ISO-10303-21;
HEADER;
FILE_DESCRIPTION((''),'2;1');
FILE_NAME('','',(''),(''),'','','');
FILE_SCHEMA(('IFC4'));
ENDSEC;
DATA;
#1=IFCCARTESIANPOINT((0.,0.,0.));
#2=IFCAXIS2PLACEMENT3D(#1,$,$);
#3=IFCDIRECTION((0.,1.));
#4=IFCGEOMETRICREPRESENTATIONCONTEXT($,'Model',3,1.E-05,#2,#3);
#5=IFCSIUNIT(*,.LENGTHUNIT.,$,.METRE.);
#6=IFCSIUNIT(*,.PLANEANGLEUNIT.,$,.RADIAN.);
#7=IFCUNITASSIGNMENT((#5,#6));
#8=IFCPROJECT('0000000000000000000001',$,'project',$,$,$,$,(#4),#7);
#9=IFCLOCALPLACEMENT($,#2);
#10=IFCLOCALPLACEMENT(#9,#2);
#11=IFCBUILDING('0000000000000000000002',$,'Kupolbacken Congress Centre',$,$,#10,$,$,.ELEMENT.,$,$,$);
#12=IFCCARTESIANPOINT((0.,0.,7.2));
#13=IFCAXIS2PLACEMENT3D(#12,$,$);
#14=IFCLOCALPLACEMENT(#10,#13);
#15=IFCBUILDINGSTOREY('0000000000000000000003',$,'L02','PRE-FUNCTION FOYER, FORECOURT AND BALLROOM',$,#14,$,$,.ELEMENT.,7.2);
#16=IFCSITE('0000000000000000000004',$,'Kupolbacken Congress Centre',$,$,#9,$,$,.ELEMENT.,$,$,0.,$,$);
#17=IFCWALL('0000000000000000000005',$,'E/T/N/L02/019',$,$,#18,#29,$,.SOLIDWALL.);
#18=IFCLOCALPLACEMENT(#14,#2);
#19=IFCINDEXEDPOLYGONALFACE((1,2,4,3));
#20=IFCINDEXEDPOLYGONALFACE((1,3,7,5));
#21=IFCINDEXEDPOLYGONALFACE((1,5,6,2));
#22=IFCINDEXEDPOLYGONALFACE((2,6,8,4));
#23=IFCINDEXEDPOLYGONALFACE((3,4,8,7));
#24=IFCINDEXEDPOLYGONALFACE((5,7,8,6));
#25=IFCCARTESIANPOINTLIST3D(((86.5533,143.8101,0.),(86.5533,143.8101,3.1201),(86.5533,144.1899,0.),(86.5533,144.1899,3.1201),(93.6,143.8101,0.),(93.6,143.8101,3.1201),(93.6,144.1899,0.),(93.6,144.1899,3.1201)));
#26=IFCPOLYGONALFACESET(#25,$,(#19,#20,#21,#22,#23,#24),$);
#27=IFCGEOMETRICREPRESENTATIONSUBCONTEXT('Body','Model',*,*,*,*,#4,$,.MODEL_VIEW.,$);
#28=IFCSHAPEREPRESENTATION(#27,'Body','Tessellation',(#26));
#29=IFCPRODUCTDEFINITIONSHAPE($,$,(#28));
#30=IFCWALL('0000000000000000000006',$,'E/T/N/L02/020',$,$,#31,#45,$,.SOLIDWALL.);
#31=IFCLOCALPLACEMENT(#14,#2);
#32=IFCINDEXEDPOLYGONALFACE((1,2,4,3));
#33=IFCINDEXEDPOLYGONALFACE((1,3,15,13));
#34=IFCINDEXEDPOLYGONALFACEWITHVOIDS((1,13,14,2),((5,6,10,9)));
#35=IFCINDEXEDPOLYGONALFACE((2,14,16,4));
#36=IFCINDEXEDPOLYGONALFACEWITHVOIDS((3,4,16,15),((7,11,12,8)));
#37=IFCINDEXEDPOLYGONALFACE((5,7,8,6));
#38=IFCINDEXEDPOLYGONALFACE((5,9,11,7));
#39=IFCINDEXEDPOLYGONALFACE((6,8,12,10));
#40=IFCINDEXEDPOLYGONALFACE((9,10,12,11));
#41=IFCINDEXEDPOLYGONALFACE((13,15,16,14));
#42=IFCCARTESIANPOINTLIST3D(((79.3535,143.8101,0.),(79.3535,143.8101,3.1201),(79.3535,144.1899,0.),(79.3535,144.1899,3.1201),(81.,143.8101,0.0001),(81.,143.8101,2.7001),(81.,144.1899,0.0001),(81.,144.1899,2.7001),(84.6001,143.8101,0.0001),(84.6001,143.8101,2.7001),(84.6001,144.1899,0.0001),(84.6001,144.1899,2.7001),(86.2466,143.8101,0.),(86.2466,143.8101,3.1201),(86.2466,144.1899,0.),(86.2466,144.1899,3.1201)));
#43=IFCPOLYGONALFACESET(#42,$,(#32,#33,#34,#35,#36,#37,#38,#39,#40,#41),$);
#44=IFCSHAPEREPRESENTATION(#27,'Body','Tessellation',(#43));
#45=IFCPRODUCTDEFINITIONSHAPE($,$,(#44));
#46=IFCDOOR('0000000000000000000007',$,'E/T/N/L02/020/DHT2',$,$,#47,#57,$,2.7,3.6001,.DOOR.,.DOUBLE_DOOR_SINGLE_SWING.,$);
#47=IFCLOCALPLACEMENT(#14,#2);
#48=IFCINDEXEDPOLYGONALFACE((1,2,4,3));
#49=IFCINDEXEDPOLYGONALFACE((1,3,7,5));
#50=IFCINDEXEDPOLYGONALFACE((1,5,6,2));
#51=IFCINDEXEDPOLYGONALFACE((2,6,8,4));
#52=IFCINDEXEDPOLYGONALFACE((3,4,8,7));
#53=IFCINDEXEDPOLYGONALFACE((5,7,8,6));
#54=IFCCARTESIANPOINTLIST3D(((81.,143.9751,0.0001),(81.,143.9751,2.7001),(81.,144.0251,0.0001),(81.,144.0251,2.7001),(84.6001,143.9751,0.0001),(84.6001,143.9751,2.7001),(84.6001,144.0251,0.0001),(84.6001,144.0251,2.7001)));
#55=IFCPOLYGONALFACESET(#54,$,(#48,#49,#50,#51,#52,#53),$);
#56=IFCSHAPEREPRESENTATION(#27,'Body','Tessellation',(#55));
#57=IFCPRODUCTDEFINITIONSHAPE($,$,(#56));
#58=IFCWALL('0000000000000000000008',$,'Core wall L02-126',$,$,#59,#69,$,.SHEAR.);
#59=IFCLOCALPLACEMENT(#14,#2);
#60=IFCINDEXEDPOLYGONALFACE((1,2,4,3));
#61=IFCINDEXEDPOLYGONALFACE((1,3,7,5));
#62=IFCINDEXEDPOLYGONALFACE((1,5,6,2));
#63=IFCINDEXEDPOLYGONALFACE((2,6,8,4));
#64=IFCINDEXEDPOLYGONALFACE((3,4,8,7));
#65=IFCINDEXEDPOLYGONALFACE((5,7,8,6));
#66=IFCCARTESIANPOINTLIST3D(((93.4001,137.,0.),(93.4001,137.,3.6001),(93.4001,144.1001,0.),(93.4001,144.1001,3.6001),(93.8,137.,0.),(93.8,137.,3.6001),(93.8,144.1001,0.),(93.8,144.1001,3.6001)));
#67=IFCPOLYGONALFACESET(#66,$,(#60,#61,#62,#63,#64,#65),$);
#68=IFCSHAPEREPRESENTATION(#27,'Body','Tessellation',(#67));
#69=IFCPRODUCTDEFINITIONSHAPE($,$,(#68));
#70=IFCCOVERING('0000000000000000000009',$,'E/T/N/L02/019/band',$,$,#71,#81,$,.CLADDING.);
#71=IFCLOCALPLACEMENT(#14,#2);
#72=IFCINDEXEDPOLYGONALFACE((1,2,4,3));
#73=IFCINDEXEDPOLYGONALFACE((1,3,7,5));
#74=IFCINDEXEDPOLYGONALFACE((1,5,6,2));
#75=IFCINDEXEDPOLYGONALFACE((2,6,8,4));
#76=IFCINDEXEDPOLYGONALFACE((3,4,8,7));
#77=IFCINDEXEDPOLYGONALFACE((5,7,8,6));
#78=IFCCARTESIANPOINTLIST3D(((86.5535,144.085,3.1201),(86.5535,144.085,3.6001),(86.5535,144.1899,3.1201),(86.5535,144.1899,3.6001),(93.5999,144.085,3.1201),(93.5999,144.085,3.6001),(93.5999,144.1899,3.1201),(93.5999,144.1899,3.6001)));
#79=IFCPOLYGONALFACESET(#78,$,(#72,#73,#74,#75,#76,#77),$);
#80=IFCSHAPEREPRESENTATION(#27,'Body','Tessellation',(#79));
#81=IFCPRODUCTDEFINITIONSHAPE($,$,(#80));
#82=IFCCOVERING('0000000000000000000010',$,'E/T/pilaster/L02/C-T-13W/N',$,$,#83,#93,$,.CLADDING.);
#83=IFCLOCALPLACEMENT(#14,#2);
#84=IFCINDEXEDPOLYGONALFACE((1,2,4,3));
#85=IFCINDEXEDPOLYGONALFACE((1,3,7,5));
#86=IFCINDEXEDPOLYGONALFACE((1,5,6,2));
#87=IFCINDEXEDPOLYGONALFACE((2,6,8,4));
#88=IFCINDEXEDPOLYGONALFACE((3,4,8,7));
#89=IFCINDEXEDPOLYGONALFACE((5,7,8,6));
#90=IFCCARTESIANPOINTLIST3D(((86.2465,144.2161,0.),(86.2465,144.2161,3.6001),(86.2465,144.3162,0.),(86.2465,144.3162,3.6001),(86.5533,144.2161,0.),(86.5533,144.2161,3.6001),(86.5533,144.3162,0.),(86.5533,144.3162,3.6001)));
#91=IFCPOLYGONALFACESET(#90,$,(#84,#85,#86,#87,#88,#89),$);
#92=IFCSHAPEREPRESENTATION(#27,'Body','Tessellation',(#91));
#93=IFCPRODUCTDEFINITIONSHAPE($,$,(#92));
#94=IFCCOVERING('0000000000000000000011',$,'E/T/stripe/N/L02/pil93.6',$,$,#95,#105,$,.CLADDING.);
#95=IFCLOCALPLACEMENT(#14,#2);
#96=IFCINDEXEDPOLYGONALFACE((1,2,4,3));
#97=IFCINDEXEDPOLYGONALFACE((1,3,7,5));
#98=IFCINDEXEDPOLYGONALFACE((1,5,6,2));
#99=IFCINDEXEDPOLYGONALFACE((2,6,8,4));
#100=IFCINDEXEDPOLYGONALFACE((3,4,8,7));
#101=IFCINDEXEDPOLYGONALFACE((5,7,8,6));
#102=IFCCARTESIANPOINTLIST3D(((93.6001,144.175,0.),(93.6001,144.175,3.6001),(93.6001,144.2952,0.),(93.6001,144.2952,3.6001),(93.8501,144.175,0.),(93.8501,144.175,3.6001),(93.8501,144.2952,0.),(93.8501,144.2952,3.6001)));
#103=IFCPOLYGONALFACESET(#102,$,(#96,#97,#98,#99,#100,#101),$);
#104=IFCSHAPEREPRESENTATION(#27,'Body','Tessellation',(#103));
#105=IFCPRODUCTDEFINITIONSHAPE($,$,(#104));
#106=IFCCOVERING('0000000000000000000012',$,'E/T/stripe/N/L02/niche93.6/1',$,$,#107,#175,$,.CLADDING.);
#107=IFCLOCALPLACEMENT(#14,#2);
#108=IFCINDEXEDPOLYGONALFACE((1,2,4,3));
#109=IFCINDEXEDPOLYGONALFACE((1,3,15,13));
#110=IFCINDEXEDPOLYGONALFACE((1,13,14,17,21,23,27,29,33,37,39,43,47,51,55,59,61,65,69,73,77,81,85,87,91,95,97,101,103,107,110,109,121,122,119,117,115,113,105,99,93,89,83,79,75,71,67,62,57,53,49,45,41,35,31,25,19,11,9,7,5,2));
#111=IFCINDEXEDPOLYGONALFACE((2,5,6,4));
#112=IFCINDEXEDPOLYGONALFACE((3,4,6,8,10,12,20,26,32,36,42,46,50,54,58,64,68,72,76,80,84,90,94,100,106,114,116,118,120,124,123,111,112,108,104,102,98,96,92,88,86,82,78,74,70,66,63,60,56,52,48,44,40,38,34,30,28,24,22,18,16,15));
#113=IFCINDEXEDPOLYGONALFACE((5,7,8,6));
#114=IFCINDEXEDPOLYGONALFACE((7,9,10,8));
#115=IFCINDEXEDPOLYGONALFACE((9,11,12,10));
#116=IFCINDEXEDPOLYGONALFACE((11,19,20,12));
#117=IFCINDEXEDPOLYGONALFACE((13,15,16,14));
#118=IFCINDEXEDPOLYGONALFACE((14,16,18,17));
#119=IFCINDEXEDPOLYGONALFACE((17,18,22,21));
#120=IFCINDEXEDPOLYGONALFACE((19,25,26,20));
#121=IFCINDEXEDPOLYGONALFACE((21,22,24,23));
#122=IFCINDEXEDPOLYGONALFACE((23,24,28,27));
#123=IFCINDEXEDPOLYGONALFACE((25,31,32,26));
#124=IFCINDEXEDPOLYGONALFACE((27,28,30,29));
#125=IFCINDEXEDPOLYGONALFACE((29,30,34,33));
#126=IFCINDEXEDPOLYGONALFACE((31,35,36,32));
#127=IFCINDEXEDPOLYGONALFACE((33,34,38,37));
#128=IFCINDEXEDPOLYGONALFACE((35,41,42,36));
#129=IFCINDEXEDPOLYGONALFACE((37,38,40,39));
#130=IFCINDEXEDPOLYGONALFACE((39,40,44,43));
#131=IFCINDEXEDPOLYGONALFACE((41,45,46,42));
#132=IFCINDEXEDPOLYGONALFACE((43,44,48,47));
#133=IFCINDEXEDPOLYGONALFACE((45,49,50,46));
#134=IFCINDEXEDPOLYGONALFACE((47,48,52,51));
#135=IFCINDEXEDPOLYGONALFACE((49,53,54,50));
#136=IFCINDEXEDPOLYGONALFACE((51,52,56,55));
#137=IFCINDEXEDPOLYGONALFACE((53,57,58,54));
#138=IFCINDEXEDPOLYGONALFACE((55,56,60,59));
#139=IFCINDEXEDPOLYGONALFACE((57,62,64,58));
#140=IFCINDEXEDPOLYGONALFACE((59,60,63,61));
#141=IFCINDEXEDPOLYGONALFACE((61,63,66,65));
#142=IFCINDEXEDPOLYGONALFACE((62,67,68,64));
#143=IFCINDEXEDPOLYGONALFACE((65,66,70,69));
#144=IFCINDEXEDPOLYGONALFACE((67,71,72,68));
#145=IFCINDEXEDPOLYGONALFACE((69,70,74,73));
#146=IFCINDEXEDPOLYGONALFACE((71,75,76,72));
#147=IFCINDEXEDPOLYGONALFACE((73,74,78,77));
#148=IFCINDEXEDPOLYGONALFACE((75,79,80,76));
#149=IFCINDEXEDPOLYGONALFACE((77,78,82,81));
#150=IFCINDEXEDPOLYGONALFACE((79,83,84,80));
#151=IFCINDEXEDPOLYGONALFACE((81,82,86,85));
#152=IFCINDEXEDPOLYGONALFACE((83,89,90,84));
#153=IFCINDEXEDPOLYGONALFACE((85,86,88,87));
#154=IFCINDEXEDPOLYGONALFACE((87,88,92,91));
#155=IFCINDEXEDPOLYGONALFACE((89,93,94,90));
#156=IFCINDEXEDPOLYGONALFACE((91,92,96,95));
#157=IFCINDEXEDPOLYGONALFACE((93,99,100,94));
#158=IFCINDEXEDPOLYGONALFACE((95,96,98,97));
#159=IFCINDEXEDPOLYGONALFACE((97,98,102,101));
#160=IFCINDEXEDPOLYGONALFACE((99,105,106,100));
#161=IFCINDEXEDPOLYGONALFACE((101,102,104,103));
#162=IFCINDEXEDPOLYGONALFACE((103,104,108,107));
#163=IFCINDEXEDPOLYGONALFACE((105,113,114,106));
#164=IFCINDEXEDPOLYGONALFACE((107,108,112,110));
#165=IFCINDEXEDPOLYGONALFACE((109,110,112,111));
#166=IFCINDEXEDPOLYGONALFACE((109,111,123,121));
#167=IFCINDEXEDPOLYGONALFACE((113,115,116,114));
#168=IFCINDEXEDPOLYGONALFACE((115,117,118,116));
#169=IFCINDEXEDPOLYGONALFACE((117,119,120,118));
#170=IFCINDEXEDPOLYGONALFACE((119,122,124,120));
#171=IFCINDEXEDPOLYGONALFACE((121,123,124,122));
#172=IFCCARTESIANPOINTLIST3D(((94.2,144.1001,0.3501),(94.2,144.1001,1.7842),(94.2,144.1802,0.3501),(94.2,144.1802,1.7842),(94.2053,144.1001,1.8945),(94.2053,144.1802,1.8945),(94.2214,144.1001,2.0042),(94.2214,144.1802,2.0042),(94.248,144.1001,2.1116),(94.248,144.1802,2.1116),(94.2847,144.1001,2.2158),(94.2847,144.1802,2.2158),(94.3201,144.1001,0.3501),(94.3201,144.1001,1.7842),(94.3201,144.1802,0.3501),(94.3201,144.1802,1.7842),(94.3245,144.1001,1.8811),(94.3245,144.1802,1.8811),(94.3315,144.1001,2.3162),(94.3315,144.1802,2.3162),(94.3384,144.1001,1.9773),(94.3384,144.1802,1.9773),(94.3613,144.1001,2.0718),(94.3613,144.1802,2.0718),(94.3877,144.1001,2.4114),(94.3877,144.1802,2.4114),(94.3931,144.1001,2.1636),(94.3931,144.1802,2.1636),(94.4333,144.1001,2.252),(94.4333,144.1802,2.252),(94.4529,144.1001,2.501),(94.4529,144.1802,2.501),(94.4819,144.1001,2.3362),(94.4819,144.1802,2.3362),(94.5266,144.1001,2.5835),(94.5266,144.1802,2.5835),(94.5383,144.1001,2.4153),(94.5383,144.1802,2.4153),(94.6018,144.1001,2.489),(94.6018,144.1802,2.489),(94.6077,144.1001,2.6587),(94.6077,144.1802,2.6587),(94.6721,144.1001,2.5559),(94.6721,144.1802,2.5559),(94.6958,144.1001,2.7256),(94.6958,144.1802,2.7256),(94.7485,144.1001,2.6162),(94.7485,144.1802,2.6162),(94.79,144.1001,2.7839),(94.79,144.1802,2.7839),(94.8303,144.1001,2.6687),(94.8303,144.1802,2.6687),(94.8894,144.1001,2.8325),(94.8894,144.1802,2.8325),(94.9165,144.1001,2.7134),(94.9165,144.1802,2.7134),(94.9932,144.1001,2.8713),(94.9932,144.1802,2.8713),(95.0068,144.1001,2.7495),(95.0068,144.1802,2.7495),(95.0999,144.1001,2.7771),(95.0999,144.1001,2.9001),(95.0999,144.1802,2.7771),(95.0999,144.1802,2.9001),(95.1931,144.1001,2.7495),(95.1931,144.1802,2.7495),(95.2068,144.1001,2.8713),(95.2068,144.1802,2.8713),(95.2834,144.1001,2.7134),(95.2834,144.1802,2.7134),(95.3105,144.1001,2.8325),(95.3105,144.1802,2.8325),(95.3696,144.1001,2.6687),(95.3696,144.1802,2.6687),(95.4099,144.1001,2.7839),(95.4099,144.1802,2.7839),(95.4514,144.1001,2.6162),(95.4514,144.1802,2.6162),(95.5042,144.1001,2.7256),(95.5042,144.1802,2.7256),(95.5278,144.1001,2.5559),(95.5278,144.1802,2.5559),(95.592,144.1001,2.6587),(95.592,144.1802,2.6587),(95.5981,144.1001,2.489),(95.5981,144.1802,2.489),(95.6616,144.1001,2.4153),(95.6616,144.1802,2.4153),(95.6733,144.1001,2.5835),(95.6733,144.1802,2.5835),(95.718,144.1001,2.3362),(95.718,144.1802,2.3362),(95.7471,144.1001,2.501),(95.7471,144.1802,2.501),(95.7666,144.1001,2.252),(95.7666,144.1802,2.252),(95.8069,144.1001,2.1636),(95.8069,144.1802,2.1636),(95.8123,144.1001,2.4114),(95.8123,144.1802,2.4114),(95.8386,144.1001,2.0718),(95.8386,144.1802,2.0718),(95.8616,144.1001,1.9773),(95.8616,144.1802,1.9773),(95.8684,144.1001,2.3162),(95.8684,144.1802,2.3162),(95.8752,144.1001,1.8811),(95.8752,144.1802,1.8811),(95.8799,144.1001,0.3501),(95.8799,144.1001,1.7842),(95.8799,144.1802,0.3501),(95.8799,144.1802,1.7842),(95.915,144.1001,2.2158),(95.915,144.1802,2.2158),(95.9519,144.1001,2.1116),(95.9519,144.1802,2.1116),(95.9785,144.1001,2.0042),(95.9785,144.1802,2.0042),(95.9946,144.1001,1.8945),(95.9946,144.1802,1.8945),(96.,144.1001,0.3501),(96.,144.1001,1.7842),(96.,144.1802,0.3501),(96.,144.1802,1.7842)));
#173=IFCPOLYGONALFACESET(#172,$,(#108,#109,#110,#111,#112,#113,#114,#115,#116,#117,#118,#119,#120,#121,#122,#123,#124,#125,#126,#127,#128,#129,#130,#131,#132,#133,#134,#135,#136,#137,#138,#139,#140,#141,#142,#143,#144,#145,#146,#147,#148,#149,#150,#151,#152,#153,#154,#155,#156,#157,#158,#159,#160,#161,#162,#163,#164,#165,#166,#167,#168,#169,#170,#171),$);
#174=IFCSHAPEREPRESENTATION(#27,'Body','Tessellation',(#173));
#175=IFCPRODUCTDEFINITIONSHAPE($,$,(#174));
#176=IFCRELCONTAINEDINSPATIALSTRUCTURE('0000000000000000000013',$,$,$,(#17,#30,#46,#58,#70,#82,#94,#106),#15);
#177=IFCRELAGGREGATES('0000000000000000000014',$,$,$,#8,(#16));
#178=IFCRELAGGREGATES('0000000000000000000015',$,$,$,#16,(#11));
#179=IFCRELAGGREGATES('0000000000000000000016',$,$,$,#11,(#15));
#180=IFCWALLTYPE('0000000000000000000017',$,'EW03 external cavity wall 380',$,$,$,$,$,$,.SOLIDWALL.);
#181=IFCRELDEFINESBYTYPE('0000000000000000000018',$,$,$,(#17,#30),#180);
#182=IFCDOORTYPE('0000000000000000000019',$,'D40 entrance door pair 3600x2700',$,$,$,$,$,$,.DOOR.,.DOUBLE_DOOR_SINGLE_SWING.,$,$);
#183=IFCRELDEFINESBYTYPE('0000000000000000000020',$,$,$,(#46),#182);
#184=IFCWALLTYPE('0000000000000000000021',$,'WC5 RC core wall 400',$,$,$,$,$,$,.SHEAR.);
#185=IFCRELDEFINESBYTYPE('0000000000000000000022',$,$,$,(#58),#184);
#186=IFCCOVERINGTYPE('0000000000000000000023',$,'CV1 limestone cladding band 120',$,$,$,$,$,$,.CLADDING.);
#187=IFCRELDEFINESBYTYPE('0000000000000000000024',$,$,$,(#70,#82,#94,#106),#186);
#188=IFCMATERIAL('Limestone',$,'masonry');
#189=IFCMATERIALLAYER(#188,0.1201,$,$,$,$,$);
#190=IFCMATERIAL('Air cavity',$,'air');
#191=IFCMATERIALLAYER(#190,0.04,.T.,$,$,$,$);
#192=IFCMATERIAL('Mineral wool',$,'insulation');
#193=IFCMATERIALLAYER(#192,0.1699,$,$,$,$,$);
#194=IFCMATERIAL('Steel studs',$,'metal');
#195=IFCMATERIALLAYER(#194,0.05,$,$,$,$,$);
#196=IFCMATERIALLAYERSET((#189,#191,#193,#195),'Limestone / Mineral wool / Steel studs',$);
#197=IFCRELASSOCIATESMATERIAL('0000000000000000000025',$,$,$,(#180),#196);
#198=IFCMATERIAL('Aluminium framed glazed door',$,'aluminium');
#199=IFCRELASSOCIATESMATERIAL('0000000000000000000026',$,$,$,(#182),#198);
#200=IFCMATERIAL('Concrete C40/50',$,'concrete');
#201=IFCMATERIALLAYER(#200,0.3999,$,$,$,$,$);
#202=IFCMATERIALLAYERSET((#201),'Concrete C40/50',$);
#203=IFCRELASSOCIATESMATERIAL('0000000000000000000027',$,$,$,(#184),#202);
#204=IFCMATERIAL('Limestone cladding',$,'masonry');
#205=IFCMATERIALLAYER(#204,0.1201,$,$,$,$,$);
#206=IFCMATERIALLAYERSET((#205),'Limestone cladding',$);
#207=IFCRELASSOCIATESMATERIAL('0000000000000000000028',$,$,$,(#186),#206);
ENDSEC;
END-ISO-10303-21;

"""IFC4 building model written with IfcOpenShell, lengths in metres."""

from ifc_helpers import new_model, si_unit, direction, frame, frame_2d, origin, origin_2d, place, context, subcontext, project, spatial, polyline, rectangle, outline, extrude, material, layer, layer_set, type_object, element, fill, save


model = new_model("IFC4")

# Units and contexts
model_context = context("Model", 3, precision=1e-05, world=origin(), true_north=direction((0.0, 1.0)))
body_context = subcontext(model_context, "Body", "Model", "MODEL_VIEW")
ifc_project = project(units=[si_unit("LENGTHUNIT", "METRE"), si_unit("PLANEANGLEUNIT", "RADIAN")], contexts=[model_context])

# Site, building, storey
site_placement = place(None, origin())
site = spatial("IfcSite", under=ifc_project, at=site_placement, Name="Kupolbacken Congress Centre", CompositionType="ELEMENT", RefElevation=0.0)
building_placement = place(site_placement, origin())
building = spatial("IfcBuilding", under=site, at=building_placement, Name="Kupolbacken Congress Centre", CompositionType="ELEMENT")
storey_placement = place(building_placement, frame((0.0, 0.0, 7.2)))
storey = spatial("IfcBuildingStorey", under=building, at=storey_placement, Name="L02", Description="PRE-FUNCTION FOYER, FORECOURT AND BALLROOM", CompositionType="ELEMENT", Elevation=7.2)

# Wall
ifc_material_1 = material(Name="Limestone", Category="masonry")
ifc_layer_1 = layer(ifc_material_1, 0.1201)
ifc_material_2 = material(Name="Air cavity", Category="air")
ifc_layer_2 = layer(ifc_material_2, 0.04, ventilated=True)
ifc_material_3 = material(Name="Mineral wool", Category="insulation")
ifc_layer_3 = layer(ifc_material_3, 0.1699)
ifc_material_4 = material(Name="Steel studs", Category="metal")
ifc_layer_4 = layer(ifc_material_4, 0.05)
ifc_layer_set_1 = layer_set([ifc_layer_1, ifc_layer_2, ifc_layer_3, ifc_layer_4], Name="Limestone / Mineral wool / Steel studs")
wall_type_1 = type_object("IfcWallType", Name="EW03 external cavity wall 380", PredefinedType="SOLIDWALL", material=ifc_layer_set_1)
wall_1_placement = place(storey_placement, frame((93.6001, 144.0, 0.0), z_axis=(0.0, 0.0, 1.0), x_axis=(-1.0, 0.0, 0.0)))
element("IfcWall", 1, at=wall_1_placement, inside=storey, type_object=wall_type_1, Name="E/T/N/L02/019", PredefinedType="SOLIDWALL", context=body_context, shape_type="SweptSolid", body=[
    extrude(rectangle(XDim=7.0466, YDim=0.3799, at=frame_2d((3.5234, 0.0))), origin(), (0.0, 0.0, 1.0), 3.1201),
])

# Wall, opening, door
wall_2_placement = place(storey_placement, frame((86.2466, 144.0, 0.0), z_axis=(0.0, 0.0, 1.0), x_axis=(-1.0, 0.0, 0.0)))
wall_2 = element("IfcWall", 2, at=wall_2_placement, inside=storey, type_object=wall_type_1, Name="E/T/N/L02/020", PredefinedType="SOLIDWALL", context=body_context, shape_type="SweptSolid", body=[
    extrude(rectangle(XDim=6.8931, YDim=0.3799, at=frame_2d((3.4465, 0.0))), origin(), (0.0, 0.0, 1.0), 3.1201),
])
opening_placement = place(wall_2_placement, frame((1.6465, 0.0, 0.0)))
opening = element("IfcOpeningElement", 3, at=opening_placement, cuts=wall_2, PredefinedType="OPENING", context=body_context, shape_type="SweptSolid", body=[
    extrude(rectangle(XDim=3.6001, YDim=2.7, at=frame_2d((1.8, 1.3501))), frame((0.0, 0.2, 0.0), z_axis=(0.0, -1.0, 0.0), x_axis=(1.0, 0.0, 0.0)), (0.0, 0.0, 1.0), 0.3999),
])
ifc_material_5 = material(Name="Aluminium framed glazed door", Category="aluminium")
door_type = type_object("IfcDoorType", Name="D40 entrance door pair 3600x2700", OperationType="DOUBLE_DOOR_SINGLE_SWING", PredefinedType="DOOR", material=ifc_material_5)
door_placement = place(opening_placement, origin())
door = element("IfcDoor", 4, at=door_placement, inside=storey, type_object=door_type, Name="E/T/N/L02/020/DHT2", OperationType="DOUBLE_DOOR_SINGLE_SWING", OverallHeight=2.7, OverallWidth=3.6001, PredefinedType="DOOR", context=body_context, shape_type="SweptSolid", body=[
    extrude(rectangle(XDim=3.6001, YDim=2.7, at=frame_2d((1.8, 1.3501))), frame((0.0, 0.0249, 0.0), z_axis=(0.0, -1.0, 0.0), x_axis=(1.0, 0.0, 0.0)), (0.0, 0.0, 1.0), 0.05),
])
fill(opening, door)

# Wall
ifc_material_6 = material(Name="Concrete C40/50", Category="concrete")
ifc_layer_5 = layer(ifc_material_6, 0.3999)
ifc_layer_set_2 = layer_set([ifc_layer_5], Name="Concrete C40/50")
wall_type_2 = type_object("IfcWallType", Name="WC5 RC core wall 400", PredefinedType="SHEAR", material=ifc_layer_set_2)
wall_3_placement = place(storey_placement, frame((93.6001, 144.1001, 0.0), z_axis=(0.0, 0.0, 1.0), x_axis=(0.0, -1.0, 0.0)))
element("IfcWall", 5, at=wall_3_placement, inside=storey, type_object=wall_type_2, Name="Core wall L02-126", PredefinedType="SHEAR", context=body_context, shape_type="SweptSolid", body=[
    extrude(rectangle(XDim=7.1001, YDim=0.3999, at=frame_2d((3.55, 0.0))), origin(), (0.0, 0.0, 1.0), 3.6001),
])

# Coverings
ifc_material_7 = material(Name="Limestone cladding", Category="masonry")
ifc_layer_6 = layer(ifc_material_7, 0.1201)
ifc_layer_set_3 = layer_set([ifc_layer_6], Name="Limestone cladding")
covering_type_1 = type_object("IfcCoveringType", Name="CV1 limestone cladding band 120", PredefinedType="CLADDING", material=ifc_layer_set_3)
covering_1_placement = place(storey_placement, frame((90.0767, 144.1375, 3.1201), z_axis=(0.0, 0.0, 1.0), x_axis=(-1.0, 0.0, 0.0)))
element("IfcCovering", 6, at=covering_1_placement, inside=storey, type_object=covering_type_1, Name="E/T/N/L02/019/band", PredefinedType="CLADDING", context=body_context, shape_type="SweptSolid", body=[
    extrude(rectangle(XDim=7.0464, YDim=0.105, at=origin_2d()), origin(), (0.0, 0.0, 1.0), 0.48),
])
covering_2_placement = place(storey_placement, frame((86.3999, 144.2661, 0.0), z_axis=(0.0, 0.0, 1.0), x_axis=(1.0, 0.0, 0.0)))
element("IfcCovering", 7, at=covering_2_placement, inside=storey, type_object=covering_type_1, Name="E/T/pilaster/L02/C-T-13W/N", PredefinedType="CLADDING", context=body_context, shape_type="SweptSolid", body=[
    extrude(rectangle(XDim=0.3069, YDim=0.1001, at=origin_2d()), origin(), (0.0, 0.0, 1.0), 3.6001),
])
covering_3_placement = place(storey_placement, frame((93.7251, 144.2351, 0.0), z_axis=(0.0, 0.0, 1.0), x_axis=(1.0, 0.0, 0.0)))
element("IfcCovering", 8, at=covering_3_placement, inside=storey, type_object=covering_type_1, Name="E/T/stripe/N/L02/pil93.6", PredefinedType="CLADDING", context=body_context, shape_type="SweptSolid", body=[
    extrude(rectangle(XDim=0.25, YDim=0.1201, at=origin_2d()), origin(), (0.0, 0.0, 1.0), 3.6001),
])
covering_4_placement = place(storey_placement, frame((94.2, 144.1001, 0.3501), z_axis=(0.0, 1.0, 0.0), x_axis=(-1.0, 0.0, 0.0)))
element("IfcCovering", 9, at=covering_4_placement, inside=storey, type_object=covering_type_1, Name="E/T/stripe/N/L02/niche93.6/1", PredefinedType="CLADDING", context=body_context, shape_type="SweptSolid", body=[
    extrude(outline(polyline([(0.0, 0.0), (0.0, 1.4341), (-0.0054, 1.5444), (-0.0215, 1.6541), (-0.0481, 1.7615), (-0.0847, 1.8657), (-0.1316, 1.9661), (-0.1877, 2.0613), (-0.2529, 2.1509), (-0.3267, 2.2334), (-0.4077, 2.3086), (-0.4958, 2.3755), (-0.5901, 2.4338), (-0.6895, 2.4824), (-0.7932, 2.5212), (-0.8999, 2.55), (-1.0068, 2.5212), (-1.1106, 2.4824), (-1.21, 2.4338), (-1.3042, 2.3755), (-1.3921, 2.3086), (-1.4734, 2.2334), (-1.5471, 2.1509), (-1.6123, 2.0613), (-1.6685, 1.9661), (-1.7151, 1.8657), (-1.752, 1.7615), (-1.7786, 1.6541), (-1.7947, 1.5444), (-1.8, 1.4341), (-1.8, 0.0), (-1.6799, 0.0), (-1.6799, 1.4341), (-1.6753, 1.531), (-1.6616, 1.6272), (-1.6387, 1.7217), (-1.6069, 1.8135), (-1.5667, 1.9019), (-1.5181, 1.9861), (-1.4617, 2.0652), (-1.3982, 2.1389), (-1.3279, 2.2058), (-1.2515, 2.2661), (-1.1697, 2.3186), (-1.0835, 2.3633), (-0.9932, 2.3994), (-0.8999, 2.427), (-0.8069, 2.3994), (-0.7166, 2.3633), (-0.6304, 2.3186), (-0.5486, 2.2661), (-0.4722, 2.2058), (-0.4019, 2.1389), (-0.3384, 2.0652), (-0.282, 1.9861), (-0.2334, 1.9019), (-0.1931, 1.8135), (-0.1614, 1.7217), (-0.1384, 1.6272), (-0.1245, 1.531), (-0.1201, 1.4341), (-0.1201, 0.0), (0.0, 0.0)])), origin(), (0.0, 0.0, 1.0), 0.0801),
])

save(model, "model.ifc")
